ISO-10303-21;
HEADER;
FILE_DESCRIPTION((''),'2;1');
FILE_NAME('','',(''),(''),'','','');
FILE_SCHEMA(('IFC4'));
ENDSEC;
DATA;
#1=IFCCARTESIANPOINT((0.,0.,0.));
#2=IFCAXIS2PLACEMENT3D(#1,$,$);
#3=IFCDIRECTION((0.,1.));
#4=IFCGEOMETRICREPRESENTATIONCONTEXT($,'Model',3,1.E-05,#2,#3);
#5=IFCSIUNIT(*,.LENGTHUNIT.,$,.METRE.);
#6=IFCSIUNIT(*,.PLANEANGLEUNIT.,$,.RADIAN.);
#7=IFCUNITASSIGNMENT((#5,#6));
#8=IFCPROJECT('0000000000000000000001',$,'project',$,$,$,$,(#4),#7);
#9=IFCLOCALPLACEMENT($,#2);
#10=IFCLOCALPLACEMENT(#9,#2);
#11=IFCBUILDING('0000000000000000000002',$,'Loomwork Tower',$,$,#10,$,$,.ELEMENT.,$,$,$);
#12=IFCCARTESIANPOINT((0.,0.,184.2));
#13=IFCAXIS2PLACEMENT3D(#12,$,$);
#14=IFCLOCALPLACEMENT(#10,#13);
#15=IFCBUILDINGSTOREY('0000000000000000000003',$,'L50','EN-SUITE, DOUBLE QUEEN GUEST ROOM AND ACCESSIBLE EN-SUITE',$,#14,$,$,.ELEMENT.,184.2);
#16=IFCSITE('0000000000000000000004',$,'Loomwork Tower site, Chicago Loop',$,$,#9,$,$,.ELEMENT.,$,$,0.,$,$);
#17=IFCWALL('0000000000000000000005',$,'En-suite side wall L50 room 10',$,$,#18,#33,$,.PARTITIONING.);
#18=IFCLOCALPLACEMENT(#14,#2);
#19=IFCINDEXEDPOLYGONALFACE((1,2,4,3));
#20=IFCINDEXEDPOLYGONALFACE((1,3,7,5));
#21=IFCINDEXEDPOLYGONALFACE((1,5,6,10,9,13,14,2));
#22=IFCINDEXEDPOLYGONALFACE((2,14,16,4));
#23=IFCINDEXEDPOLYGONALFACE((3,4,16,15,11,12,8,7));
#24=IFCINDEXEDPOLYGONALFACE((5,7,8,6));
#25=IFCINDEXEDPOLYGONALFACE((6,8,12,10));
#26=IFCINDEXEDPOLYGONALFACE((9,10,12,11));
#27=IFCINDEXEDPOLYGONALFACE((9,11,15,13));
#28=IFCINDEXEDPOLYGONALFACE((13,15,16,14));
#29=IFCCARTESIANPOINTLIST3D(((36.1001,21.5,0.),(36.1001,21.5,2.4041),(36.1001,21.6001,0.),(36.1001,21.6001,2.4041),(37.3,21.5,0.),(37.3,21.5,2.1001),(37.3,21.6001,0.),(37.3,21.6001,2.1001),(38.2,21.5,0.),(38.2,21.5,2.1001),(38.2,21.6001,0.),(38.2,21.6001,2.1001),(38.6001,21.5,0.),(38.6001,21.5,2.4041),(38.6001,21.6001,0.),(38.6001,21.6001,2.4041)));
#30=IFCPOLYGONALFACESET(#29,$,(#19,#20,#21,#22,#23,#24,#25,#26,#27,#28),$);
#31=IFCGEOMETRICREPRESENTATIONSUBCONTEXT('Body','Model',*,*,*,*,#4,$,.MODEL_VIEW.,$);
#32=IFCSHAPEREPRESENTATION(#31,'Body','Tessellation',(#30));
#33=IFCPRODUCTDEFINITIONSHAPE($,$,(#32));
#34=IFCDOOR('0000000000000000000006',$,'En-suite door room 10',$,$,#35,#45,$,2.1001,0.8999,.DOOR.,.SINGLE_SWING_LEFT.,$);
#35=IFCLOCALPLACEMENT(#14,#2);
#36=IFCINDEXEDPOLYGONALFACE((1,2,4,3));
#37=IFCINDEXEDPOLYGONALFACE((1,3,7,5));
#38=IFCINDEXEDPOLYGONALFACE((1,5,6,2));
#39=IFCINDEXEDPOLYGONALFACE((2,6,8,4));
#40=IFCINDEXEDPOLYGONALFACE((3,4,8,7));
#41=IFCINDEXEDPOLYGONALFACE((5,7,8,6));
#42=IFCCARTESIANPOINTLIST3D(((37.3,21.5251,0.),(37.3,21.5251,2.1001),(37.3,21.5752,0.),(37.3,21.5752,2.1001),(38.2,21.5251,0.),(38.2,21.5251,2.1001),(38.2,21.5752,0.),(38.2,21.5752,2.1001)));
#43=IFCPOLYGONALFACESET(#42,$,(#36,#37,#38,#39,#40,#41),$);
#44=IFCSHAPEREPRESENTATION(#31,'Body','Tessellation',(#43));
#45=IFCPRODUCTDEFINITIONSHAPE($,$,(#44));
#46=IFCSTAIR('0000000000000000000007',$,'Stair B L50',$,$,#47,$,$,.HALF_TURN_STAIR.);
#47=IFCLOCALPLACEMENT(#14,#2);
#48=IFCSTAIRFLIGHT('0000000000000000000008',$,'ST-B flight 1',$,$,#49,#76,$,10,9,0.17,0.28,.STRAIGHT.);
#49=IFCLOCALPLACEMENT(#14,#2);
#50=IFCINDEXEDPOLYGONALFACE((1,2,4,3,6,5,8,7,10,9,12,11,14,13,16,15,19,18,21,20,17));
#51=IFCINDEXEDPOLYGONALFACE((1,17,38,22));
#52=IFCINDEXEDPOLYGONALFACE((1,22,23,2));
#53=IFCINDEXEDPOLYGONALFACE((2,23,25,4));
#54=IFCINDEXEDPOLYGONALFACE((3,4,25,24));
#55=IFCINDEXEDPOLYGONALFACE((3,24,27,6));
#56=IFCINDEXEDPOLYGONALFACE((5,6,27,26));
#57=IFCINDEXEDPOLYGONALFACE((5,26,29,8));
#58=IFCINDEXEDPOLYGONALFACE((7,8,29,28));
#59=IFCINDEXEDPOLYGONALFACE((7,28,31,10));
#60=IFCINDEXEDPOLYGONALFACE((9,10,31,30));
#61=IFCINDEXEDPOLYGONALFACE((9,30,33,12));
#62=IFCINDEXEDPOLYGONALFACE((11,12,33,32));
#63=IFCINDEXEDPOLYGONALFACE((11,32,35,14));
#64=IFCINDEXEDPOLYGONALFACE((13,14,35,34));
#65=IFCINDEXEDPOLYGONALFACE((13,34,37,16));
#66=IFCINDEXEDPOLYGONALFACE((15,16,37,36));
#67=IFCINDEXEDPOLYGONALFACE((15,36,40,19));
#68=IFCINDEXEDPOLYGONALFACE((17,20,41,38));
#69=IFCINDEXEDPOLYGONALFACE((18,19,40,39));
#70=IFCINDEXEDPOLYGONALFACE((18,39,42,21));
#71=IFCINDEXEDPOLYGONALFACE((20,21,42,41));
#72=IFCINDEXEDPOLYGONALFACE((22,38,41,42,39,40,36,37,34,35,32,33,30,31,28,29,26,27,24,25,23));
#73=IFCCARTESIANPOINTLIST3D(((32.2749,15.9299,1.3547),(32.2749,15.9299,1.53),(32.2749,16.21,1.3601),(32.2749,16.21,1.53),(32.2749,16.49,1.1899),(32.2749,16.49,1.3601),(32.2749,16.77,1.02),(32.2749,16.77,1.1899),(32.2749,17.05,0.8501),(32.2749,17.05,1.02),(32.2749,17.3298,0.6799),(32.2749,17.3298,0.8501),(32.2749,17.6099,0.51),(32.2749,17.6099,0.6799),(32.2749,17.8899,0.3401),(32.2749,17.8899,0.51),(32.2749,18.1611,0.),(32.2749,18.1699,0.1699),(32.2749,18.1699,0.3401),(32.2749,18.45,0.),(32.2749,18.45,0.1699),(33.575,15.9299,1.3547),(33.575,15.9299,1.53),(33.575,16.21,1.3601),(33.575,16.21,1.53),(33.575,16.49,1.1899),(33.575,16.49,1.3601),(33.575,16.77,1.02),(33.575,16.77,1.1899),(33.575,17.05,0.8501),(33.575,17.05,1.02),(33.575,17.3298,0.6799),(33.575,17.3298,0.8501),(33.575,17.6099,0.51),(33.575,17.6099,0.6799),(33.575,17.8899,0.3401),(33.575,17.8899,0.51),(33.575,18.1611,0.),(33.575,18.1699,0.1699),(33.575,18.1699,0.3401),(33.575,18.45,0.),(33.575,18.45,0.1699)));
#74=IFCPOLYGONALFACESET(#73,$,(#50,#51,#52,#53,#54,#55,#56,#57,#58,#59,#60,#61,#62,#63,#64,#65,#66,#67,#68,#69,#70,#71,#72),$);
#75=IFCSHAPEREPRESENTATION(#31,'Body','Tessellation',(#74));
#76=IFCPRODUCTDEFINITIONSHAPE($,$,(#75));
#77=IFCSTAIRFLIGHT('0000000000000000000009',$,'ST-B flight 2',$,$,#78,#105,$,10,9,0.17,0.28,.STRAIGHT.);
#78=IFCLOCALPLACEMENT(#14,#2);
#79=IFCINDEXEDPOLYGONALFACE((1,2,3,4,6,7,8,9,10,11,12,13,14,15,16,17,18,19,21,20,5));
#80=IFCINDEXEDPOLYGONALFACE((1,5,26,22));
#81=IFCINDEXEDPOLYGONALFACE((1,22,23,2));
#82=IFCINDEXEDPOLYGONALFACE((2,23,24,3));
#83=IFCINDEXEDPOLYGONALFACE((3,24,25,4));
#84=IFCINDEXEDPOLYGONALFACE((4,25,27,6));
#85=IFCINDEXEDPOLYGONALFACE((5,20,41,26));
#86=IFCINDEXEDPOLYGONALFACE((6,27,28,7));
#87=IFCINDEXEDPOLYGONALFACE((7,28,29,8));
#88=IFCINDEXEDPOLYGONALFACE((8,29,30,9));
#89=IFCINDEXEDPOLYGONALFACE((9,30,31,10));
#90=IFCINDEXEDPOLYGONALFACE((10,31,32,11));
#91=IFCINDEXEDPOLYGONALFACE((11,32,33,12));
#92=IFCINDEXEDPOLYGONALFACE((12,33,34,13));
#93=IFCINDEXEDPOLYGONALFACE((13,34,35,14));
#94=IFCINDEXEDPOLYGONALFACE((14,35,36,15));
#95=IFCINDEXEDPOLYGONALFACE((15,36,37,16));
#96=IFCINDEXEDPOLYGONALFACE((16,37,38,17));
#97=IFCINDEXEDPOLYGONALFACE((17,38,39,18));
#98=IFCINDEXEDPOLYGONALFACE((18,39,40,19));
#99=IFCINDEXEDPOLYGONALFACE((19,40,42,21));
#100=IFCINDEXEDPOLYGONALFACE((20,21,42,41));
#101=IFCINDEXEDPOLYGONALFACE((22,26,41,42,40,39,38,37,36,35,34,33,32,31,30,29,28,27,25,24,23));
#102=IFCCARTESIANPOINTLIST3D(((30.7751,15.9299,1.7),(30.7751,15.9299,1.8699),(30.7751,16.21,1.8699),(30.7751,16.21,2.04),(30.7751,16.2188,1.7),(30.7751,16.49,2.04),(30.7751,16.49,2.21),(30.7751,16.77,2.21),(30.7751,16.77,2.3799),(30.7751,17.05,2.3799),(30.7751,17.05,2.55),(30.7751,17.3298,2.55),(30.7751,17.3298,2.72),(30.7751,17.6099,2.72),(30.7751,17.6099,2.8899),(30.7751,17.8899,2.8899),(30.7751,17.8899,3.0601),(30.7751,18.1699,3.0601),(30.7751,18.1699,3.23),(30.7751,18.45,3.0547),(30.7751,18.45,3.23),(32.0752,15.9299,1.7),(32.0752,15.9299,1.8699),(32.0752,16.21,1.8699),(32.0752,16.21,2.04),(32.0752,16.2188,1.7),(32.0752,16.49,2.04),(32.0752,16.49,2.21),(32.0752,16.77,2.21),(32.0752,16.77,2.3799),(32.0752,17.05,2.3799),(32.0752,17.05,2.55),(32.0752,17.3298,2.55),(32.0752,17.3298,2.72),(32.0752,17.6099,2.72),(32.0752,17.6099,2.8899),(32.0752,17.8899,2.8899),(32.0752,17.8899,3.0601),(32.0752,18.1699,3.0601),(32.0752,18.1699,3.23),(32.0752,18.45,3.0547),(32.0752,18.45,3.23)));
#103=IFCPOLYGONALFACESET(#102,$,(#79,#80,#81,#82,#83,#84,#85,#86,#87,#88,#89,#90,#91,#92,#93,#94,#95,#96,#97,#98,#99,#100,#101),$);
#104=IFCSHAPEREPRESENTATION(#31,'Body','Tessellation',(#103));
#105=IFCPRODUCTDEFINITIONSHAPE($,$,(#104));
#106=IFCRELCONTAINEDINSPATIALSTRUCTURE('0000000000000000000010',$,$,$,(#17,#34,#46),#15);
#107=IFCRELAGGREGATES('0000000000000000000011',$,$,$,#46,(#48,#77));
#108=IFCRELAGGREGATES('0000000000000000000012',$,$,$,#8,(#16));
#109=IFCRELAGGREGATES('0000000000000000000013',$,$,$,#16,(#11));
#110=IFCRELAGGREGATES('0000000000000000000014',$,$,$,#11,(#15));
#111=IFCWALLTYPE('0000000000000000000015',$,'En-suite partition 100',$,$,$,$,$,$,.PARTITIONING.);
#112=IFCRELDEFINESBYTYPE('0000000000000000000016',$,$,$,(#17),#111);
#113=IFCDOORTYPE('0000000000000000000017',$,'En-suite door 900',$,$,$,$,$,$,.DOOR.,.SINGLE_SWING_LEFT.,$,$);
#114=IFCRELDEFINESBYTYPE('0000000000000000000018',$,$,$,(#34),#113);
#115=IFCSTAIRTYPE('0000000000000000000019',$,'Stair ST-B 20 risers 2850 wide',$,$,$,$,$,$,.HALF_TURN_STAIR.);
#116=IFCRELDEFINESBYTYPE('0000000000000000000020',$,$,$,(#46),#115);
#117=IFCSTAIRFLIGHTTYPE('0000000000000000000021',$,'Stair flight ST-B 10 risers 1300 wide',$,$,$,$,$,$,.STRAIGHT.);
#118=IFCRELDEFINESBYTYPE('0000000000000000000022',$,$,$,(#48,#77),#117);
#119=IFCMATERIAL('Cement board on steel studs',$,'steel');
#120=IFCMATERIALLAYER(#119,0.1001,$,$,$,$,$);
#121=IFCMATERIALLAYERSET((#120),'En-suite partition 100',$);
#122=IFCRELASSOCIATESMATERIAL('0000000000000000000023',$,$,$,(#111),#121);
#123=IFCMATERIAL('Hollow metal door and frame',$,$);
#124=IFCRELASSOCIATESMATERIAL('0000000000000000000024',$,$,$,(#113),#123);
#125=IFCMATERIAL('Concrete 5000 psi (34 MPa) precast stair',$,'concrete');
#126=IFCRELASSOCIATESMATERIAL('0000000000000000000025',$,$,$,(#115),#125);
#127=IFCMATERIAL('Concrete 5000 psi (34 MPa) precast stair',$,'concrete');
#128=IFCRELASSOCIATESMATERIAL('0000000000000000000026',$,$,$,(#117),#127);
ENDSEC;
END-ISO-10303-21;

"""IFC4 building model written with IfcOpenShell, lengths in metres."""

from ifc_helpers import new_model, si_unit, direction, frame, frame_2d, origin, place, context, subcontext, project, spatial, polyline, rectangle, outline, extrude, material, layer, layer_set, type_object, element, fill, aggregate, save


model = new_model("IFC4")

# Units and contexts
model_context = context("Model", 3, precision=1e-05, world=origin(), true_north=direction((0.0, 1.0)))
body_context = subcontext(model_context, "Body", "Model", "MODEL_VIEW")
ifc_project = project(units=[si_unit("LENGTHUNIT", "METRE"), si_unit("PLANEANGLEUNIT", "RADIAN")], contexts=[model_context])

# Site, building, storey
site_placement = place(None, origin())
site = spatial("IfcSite", under=ifc_project, at=site_placement, Name="Loomwork Tower site, Chicago Loop", CompositionType="ELEMENT", RefElevation=0.0)
building_placement = place(site_placement, origin())
building = spatial("IfcBuilding", under=site, at=building_placement, Name="Loomwork Tower", CompositionType="ELEMENT")
storey_placement = place(building_placement, frame((0.0, 0.0, 184.2)))
storey = spatial("IfcBuildingStorey", under=building, at=storey_placement, Name="L50", Description="EN-SUITE, DOUBLE QUEEN GUEST ROOM AND ACCESSIBLE EN-SUITE", CompositionType="ELEMENT", Elevation=184.2)

# Wall, opening, door
ifc_material_1 = material(Name="Cement board on steel studs", Category="steel")
ifc_layer_1 = layer(ifc_material_1, 0.1001)
ifc_layer_set_1 = layer_set([ifc_layer_1], Name="En-suite partition 100")
wall_type_1 = type_object("IfcWallType", Name="En-suite partition 100", PredefinedType="PARTITIONING", material=ifc_layer_set_1)
ifc_material_2 = material(Name="Hollow metal door and frame")
door_type_1 = type_object("IfcDoorType", Name="En-suite door 900", OperationType="SINGLE_SWING_LEFT", PredefinedType="DOOR", material=ifc_material_2)
wall_1_placement = place(storey_placement, frame((36.1001, 21.55, 0.0), z_axis=(0.0, 0.0, 1.0), x_axis=(1.0, 0.0, 0.0)))
wall_1 = element("IfcWall", 1, at=wall_1_placement, inside=storey, type_object=wall_type_1, Name="En-suite side wall L50 room 10", PredefinedType="PARTITIONING", context=body_context, shape_type="SweptSolid", body=[
    extrude(rectangle(XDim=2.5, YDim=0.1001, at=frame_2d((1.25, 0.0))), origin(), (0.0, 0.0, 1.0), 2.4041),
])
opening_1_placement = place(wall_1_placement, frame((1.2, 0.0, 0.0)))
opening_1 = element("IfcOpeningElement", 2, at=opening_1_placement, cuts=wall_1, PredefinedType="OPENING", context=body_context, shape_type="SweptSolid", body=[
    extrude(rectangle(XDim=0.8999, YDim=2.1001, at=frame_2d((0.45, 1.05))), frame((0.0, 0.0601, 0.0), z_axis=(0.0, -1.0, 0.0), x_axis=(1.0, 0.0, 0.0)), (0.0, 0.0, 1.0), 0.1201),
])
door_1_placement = place(opening_1_placement, frame((0.8999, 0.0, 0.0), z_axis=(0.0, 0.0, 1.0), x_axis=(-1.0, 0.0, 0.0)))
door_1 = element("IfcDoor", 3, at=door_1_placement, inside=storey, type_object=door_type_1, Name="En-suite door room 10", OperationType="SINGLE_SWING_LEFT", OverallHeight=2.1001, OverallWidth=0.8999, PredefinedType="DOOR", context=body_context, shape_type="SweptSolid", body=[
    extrude(rectangle(XDim=0.8999, YDim=2.1001, at=frame_2d((0.45, 1.05))), frame((0.0, 0.0249, 0.0), z_axis=(0.0, -1.0, 0.0), x_axis=(1.0, 0.0, 0.0)), (0.0, 0.0, 1.0), 0.05),
])
fill(opening_1, door_1)

# Stair, stair flights
ifc_material_3 = material(Name="Concrete 5000 psi (34 MPa) precast stair", Category="concrete")
stair_type = type_object("IfcStairType", Name="Stair ST-B 20 risers 2850 wide", PredefinedType="HALF_TURN_STAIR", material=ifc_material_3)
stair_placement = place(storey_placement, origin())
stair = element("IfcStair", 4, at=stair_placement, inside=storey, type_object=stair_type, Name="Stair B L50", PredefinedType="HALF_TURN_STAIR")
ifc_material_4 = material(Name="Concrete 5000 psi (34 MPa) precast stair", Category="concrete")
stair_flight_type = type_object("IfcStairFlightType", Name="Stair flight ST-B 10 risers 1300 wide", PredefinedType="STRAIGHT", material=ifc_material_4)
stair_flight_1_placement = place(storey_placement, frame((32.925, 18.45, 0.0), z_axis=(0.0, 0.0, 1.0), x_axis=(0.0, -1.0, 0.0)))
stair_flight_1 = element("IfcStairFlight", 5, at=stair_flight_1_placement, type_object=stair_flight_type, Name="ST-B flight 1", NumberOfRisers=10, NumberOfTreads=9, PredefinedType="STRAIGHT", RiserHeight=0.17, TreadLength=0.28, context=body_context, shape_type="SweptSolid", body=[
    extrude(outline(polyline([(0.0, 0.0), (0.0, 0.1699), (0.28, 0.1699), (0.28, 0.3401), (0.5601, 0.3401), (0.5601, 0.51), (0.8401, 0.51), (0.8401, 0.6799), (1.1201, 0.6799), (1.1201, 0.8501), (1.3999, 0.8501), (1.3999, 1.02), (1.6799, 1.02), (1.6799, 1.1899), (1.96, 1.1899), (1.96, 1.3601), (2.24, 1.3601), (2.24, 1.53), (2.52, 1.53), (2.52, 1.7), (2.52, 1.3547), (0.2888, 0.0), (0.0, 0.0)])), frame((0.0, 0.6499, 0.0), z_axis=(0.0, -1.0, 0.0), x_axis=(1.0, 0.0, 0.0)), (0.0, 0.0, 1.0), 1.3),
])
stair_flight_2_placement = place(storey_placement, frame((31.425, 15.9299, 1.7), z_axis=(0.0, 0.0, 1.0), x_axis=(0.0, 1.0, 0.0)))
stair_flight_2 = element("IfcStairFlight", 6, at=stair_flight_2_placement, type_object=stair_flight_type, Name="ST-B flight 2", NumberOfRisers=10, NumberOfTreads=9, PredefinedType="STRAIGHT", RiserHeight=0.17, TreadLength=0.28, context=body_context, shape_type="SweptSolid", body=[
    extrude(outline(polyline([(0.0, 0.0), (0.0, 0.1699), (0.28, 0.1699), (0.28, 0.3401), (0.5601, 0.3401), (0.5601, 0.51), (0.8401, 0.51), (0.8401, 0.6799), (1.1201, 0.6799), (1.1201, 0.8501), (1.3999, 0.8501), (1.3999, 1.02), (1.6799, 1.02), (1.6799, 1.1899), (1.96, 1.1899), (1.96, 1.3601), (2.24, 1.3601), (2.24, 1.53), (2.52, 1.53), (2.52, 1.7), (2.52, 1.3547), (0.2888, 0.0), (0.0, 0.0)])), frame((0.0, 0.6499, 0.0), z_axis=(0.0, -1.0, 0.0), x_axis=(1.0, 0.0, 0.0)), (0.0, 0.0, 1.0), 1.3),
])
aggregate(stair, [stair_flight_1, stair_flight_2])

save(model, "model.ifc")
